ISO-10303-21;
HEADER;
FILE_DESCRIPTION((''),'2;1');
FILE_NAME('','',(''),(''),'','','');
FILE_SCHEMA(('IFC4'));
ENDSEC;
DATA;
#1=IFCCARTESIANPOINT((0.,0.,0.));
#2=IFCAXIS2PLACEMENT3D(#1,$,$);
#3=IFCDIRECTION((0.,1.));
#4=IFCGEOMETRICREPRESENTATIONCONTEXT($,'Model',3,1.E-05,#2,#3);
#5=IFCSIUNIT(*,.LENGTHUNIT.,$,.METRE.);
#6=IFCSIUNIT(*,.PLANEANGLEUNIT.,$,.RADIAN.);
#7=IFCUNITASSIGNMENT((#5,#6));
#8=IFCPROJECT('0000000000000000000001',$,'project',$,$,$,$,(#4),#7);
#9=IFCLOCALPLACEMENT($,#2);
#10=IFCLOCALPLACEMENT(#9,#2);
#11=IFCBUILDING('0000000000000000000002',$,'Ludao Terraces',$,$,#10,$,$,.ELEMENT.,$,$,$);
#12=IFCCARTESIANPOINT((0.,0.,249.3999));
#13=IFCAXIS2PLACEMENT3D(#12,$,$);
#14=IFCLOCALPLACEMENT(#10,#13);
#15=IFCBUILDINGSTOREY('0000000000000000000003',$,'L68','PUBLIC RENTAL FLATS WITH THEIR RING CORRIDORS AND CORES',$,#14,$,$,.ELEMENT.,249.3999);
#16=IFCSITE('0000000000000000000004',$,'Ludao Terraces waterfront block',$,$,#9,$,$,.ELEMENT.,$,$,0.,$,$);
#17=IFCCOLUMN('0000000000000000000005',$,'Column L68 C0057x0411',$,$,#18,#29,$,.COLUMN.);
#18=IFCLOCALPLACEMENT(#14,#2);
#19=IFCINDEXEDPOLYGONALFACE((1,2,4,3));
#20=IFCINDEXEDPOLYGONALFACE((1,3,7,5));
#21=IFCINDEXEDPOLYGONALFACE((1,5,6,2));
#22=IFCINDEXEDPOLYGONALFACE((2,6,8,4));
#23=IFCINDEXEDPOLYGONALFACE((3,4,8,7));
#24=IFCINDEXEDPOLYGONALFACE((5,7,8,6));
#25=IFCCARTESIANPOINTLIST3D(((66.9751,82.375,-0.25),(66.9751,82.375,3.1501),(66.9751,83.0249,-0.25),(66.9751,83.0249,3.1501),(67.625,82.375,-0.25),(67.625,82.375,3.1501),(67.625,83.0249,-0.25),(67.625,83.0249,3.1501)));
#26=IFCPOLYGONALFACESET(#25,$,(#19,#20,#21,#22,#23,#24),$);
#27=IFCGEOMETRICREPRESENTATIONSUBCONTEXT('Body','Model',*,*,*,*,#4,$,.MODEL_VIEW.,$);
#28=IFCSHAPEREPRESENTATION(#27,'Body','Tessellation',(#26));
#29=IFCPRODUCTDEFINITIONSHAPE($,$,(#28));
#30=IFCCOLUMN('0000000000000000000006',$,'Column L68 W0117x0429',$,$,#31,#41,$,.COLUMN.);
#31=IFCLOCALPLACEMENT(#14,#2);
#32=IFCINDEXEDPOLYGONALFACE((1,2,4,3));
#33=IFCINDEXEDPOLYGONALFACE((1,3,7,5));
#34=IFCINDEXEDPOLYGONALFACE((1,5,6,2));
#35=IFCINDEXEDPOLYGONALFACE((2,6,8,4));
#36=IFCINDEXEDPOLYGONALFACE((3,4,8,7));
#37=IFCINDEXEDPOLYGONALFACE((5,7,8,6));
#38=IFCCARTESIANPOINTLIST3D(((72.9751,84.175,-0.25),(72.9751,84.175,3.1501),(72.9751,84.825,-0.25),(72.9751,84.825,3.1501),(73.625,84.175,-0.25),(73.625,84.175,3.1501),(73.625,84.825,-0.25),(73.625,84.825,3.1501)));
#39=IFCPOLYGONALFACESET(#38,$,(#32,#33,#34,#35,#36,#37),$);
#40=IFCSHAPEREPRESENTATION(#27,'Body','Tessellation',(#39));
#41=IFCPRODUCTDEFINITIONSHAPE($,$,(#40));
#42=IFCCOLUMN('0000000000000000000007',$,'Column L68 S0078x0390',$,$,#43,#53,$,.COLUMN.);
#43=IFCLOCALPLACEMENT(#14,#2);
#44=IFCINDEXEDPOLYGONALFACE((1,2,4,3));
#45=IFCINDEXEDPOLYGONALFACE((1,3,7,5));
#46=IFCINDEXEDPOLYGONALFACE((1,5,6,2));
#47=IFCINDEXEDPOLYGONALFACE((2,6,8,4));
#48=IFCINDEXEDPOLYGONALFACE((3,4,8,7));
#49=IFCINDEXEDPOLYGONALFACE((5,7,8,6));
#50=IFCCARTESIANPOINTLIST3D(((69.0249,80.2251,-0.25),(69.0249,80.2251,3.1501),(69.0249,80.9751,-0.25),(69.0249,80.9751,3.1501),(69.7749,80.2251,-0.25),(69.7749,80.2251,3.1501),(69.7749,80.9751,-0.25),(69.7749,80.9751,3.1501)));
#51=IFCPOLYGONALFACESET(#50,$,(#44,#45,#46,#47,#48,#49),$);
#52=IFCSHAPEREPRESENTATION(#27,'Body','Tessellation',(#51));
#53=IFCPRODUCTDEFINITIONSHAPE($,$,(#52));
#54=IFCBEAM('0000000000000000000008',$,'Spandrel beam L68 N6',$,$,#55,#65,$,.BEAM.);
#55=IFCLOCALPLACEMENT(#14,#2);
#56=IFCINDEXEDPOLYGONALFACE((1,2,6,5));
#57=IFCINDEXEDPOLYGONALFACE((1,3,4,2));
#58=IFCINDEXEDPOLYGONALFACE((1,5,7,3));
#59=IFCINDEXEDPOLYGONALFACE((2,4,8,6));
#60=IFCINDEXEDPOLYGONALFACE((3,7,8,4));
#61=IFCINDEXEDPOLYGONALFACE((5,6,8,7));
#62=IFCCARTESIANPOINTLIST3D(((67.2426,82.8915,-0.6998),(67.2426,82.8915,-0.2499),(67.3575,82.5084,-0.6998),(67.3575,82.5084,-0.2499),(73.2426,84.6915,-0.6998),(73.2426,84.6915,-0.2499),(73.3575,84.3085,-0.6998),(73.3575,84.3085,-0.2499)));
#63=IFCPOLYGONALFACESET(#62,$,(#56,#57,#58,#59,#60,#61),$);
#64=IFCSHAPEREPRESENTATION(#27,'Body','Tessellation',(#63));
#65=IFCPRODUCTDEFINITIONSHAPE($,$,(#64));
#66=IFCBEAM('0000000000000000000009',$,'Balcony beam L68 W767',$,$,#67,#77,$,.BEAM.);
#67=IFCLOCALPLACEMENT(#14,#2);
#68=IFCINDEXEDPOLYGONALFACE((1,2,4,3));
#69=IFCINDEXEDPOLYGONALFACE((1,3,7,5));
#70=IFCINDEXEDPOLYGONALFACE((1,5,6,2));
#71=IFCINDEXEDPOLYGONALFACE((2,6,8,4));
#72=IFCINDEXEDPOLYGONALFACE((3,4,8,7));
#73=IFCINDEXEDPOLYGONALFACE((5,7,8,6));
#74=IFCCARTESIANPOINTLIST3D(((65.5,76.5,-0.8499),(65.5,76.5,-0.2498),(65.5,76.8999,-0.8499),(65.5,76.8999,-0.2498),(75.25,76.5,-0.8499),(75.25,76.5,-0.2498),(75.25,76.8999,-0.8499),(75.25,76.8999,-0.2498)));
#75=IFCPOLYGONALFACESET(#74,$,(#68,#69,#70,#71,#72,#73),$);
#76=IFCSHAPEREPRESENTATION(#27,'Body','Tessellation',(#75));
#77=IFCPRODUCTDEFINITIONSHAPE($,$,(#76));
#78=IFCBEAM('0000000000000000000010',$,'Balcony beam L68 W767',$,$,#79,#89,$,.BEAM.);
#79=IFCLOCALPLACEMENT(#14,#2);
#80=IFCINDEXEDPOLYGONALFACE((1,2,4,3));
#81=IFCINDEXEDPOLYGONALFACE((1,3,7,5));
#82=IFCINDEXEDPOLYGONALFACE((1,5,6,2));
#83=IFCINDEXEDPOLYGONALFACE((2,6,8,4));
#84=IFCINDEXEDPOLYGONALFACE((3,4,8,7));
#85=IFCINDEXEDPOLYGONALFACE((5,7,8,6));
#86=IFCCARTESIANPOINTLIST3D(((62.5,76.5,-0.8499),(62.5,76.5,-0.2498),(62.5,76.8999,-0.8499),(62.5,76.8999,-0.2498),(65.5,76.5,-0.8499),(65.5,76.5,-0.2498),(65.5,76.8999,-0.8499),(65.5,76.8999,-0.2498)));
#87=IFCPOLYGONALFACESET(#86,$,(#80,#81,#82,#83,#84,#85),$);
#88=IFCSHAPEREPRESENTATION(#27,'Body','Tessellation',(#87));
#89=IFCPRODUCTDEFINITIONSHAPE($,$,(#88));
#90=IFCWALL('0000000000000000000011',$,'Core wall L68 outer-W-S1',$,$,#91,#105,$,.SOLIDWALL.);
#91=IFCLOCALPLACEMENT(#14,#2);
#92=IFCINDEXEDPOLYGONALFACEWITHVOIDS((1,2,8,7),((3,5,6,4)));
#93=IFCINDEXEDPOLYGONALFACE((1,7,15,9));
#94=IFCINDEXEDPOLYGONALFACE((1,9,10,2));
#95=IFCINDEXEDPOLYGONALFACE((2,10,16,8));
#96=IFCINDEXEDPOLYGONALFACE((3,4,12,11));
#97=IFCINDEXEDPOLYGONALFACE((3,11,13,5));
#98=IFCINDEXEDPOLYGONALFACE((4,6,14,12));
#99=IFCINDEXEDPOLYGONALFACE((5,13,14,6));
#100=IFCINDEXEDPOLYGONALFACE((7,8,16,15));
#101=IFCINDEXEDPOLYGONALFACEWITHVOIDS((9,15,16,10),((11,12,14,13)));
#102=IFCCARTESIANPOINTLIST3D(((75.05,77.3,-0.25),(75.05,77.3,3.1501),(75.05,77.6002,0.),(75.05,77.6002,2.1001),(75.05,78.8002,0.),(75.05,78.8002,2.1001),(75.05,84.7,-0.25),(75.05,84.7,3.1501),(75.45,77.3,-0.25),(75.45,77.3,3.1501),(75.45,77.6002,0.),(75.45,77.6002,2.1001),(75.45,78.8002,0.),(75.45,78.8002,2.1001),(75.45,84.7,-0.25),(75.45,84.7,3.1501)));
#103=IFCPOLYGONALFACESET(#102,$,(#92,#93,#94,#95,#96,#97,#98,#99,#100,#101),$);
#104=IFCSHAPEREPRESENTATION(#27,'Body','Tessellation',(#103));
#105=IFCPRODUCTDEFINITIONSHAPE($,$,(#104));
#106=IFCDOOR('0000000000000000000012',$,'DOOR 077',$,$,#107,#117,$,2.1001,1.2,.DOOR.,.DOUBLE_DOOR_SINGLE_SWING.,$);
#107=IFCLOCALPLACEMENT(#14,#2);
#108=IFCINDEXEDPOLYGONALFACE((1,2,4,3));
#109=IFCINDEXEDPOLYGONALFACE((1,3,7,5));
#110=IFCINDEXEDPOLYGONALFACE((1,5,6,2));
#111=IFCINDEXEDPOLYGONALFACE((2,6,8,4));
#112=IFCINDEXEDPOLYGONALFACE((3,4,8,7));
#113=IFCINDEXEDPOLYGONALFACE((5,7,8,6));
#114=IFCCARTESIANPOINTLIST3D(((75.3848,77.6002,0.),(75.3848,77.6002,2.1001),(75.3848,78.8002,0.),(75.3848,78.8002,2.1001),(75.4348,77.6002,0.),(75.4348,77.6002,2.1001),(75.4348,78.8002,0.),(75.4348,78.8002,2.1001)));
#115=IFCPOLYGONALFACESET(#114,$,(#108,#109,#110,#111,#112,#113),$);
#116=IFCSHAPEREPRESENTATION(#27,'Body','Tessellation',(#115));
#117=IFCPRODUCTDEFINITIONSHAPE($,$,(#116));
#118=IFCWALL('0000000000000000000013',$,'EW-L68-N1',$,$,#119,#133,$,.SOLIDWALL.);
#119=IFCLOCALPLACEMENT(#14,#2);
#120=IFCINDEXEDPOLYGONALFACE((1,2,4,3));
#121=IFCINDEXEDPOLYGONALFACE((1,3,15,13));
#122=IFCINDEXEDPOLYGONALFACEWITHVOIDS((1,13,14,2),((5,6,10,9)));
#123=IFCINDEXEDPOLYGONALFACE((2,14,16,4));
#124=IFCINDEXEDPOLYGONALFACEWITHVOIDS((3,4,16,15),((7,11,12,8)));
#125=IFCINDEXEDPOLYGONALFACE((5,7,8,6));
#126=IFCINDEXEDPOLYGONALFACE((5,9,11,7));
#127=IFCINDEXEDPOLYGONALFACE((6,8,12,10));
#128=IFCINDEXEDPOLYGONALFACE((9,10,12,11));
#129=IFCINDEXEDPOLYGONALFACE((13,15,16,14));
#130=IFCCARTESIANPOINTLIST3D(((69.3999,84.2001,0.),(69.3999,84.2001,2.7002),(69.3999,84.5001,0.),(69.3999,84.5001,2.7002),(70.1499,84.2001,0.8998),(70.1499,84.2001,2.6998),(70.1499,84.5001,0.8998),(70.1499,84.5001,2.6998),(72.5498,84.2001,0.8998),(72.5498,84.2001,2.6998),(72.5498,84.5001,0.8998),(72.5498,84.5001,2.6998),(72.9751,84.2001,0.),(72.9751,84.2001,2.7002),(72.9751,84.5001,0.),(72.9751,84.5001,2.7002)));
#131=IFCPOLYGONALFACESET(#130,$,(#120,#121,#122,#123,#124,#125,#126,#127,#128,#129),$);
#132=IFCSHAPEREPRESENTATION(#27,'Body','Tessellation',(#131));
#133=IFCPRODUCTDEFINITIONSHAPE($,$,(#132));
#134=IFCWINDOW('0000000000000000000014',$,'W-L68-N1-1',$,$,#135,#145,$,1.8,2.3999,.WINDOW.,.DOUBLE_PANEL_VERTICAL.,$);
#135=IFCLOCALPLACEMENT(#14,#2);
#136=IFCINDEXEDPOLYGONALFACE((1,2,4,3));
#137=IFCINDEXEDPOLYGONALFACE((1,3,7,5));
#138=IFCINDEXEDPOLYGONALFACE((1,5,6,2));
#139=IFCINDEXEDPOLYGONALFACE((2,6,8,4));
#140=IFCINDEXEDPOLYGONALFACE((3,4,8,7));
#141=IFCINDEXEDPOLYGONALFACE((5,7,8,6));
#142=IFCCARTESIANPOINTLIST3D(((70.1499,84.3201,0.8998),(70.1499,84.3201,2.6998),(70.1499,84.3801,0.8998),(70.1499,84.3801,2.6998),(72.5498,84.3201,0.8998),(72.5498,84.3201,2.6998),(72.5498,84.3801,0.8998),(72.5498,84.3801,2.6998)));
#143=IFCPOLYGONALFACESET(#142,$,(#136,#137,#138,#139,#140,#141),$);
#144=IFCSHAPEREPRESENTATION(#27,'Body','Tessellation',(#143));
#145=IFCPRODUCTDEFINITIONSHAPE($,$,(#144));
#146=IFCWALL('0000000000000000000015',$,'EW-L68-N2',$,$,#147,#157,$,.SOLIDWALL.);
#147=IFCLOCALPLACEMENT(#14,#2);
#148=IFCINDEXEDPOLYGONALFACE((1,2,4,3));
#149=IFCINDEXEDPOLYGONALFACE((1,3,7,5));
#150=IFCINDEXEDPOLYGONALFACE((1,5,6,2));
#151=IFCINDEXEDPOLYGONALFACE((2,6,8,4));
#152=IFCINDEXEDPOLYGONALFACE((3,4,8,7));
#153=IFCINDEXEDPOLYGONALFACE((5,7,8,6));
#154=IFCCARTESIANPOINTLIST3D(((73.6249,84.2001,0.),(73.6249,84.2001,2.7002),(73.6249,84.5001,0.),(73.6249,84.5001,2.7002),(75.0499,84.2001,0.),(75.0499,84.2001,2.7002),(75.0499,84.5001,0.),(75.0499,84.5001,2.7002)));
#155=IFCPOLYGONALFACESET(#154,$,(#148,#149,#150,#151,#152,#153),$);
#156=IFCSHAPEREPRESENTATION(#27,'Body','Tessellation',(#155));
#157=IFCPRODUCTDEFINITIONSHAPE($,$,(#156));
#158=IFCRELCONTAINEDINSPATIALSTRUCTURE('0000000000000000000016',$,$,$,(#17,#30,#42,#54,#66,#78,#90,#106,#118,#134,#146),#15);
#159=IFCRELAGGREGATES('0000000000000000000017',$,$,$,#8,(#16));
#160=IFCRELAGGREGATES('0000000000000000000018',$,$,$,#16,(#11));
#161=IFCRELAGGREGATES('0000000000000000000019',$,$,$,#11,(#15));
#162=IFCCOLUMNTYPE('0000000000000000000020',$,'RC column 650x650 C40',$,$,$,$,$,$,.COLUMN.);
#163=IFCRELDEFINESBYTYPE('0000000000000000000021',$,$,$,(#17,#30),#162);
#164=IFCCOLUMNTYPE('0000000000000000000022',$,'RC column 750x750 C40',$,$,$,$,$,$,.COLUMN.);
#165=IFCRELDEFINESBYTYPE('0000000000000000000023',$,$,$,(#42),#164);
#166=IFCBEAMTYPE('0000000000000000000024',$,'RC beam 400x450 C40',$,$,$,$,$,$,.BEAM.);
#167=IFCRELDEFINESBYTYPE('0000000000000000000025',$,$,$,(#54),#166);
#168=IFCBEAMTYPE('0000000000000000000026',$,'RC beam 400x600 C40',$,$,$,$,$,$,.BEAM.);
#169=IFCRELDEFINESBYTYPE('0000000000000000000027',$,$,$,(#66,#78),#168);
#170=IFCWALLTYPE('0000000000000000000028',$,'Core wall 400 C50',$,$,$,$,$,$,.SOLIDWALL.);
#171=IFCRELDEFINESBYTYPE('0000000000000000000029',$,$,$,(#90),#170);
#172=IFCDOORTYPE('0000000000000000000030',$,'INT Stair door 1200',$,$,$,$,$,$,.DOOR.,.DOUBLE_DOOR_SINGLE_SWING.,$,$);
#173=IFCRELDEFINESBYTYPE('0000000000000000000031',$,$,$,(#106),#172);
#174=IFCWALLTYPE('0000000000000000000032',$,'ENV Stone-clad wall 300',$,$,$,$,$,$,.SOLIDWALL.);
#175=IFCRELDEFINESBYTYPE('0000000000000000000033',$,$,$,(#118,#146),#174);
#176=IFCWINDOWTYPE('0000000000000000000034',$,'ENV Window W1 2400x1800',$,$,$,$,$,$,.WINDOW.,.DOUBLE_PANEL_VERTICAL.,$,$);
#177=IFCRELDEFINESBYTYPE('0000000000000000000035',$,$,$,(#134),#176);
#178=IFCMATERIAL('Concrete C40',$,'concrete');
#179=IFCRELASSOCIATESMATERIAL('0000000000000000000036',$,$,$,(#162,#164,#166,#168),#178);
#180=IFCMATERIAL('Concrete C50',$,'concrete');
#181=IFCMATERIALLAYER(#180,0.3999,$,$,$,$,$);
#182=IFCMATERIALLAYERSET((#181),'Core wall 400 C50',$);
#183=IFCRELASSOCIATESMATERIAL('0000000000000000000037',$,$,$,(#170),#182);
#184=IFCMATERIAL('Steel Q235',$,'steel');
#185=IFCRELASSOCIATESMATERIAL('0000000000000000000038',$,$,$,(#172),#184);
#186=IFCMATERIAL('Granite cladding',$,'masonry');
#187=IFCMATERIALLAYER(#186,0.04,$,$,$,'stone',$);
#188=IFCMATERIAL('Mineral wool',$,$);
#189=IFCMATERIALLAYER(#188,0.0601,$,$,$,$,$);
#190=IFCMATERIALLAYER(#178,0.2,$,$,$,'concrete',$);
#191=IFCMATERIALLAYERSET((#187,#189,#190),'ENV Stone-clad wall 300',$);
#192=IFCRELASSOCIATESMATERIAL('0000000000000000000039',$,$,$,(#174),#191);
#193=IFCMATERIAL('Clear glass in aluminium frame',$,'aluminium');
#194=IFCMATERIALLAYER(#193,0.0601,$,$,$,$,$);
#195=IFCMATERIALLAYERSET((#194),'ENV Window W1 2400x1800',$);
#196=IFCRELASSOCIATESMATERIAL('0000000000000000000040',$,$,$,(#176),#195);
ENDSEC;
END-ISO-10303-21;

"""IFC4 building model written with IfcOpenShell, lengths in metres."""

from ifc_helpers import new_model, si_unit, direction, frame, frame_2d, origin, origin_2d, place, context, subcontext, project, spatial, rectangle, extrude, material, layer, layer_set, material_profile, profile_set, type_object, element, fill, save


model = new_model("IFC4")

# Units and contexts
model_context = context("Model", 3, precision=1e-05, world=origin(), true_north=direction((0.0, 1.0)))
body_context = subcontext(model_context, "Body", "Model", "MODEL_VIEW")
ifc_project = project(units=[si_unit("LENGTHUNIT", "METRE"), si_unit("PLANEANGLEUNIT", "RADIAN")], contexts=[model_context])

# Site, building, storey
site_placement = place(None, origin())
site = spatial("IfcSite", under=ifc_project, at=site_placement, Name="Ludao Terraces waterfront block", CompositionType="ELEMENT", RefElevation=0.0)
building_placement = place(site_placement, origin())
building = spatial("IfcBuilding", under=site, at=building_placement, Name="Ludao Terraces", CompositionType="ELEMENT")
storey_placement = place(building_placement, frame((0.0, 0.0, 249.3999)))
storey = spatial("IfcBuildingStorey", under=building, at=storey_placement, Name="L68", Description="PUBLIC RENTAL FLATS WITH THEIR RING CORRIDORS AND CORES", CompositionType="ELEMENT", Elevation=249.3999)

# Columns
ifc_material_1 = material(Name="Concrete C40", Category="concrete")
ifc_material_profile_1 = material_profile(ifc_material_1, rectangle(XDim=0.6499, YDim=0.6499, at=origin_2d()), Name="650 X 650")
ifc_profile_set_1 = profile_set([ifc_material_profile_1], Name="Concrete C40")
column_type_1 = type_object("IfcColumnType", Name="RC column 650x650 C40", PredefinedType="COLUMN", material=ifc_profile_set_1)
for number, where, z_axis, x_axis, name in (
    (1, (67.3, 82.7, -0.25), (0.0, 0.0, 1.0), (1.0, 0.0, 0.0), "Column L68 C0057x0411"),
    (2, (73.3, 84.5, -0.25), (0.0, 0.0, 1.0), (1.0, 0.0, 0.0), "Column L68 W0117x0429"),
):
    element("IfcColumn", number, at=place(storey_placement, frame(where, z_axis=z_axis, x_axis=x_axis)), inside=storey, type_object=column_type_1, Name=name, PredefinedType="COLUMN", context=body_context, shape_type="SweptSolid", body=[
        extrude(rectangle(XDim=0.6499, YDim=0.6499, at=origin_2d()), origin(), (0.0, 0.0, 1.0), 3.4001),
    ])
ifc_material_profile_2 = material_profile(ifc_material_1, rectangle(XDim=0.75, YDim=0.75, at=origin_2d()), Name="750 X 750")
ifc_profile_set_2 = profile_set([ifc_material_profile_2], Name="Concrete C40")
column_type_2 = type_object("IfcColumnType", Name="RC column 750x750 C40", PredefinedType="COLUMN", material=ifc_profile_set_2)
column_placement = place(storey_placement, frame((69.3999, 80.6001, -0.25), z_axis=(0.0, 0.0, 1.0), x_axis=(1.0, 0.0, 0.0)))
element("IfcColumn", 3, at=column_placement, inside=storey, type_object=column_type_2, Name="Column L68 S0078x0390", PredefinedType="COLUMN", context=body_context, shape_type="SweptSolid", body=[
    extrude(rectangle(XDim=0.75, YDim=0.75, at=origin_2d()), origin(), (0.0, 0.0, 1.0), 3.4001),
])

# Beams
ifc_material_profile_3 = material_profile(ifc_material_1, rectangle(XDim=0.3999, YDim=0.45, at=origin_2d()), Name="400 X 450")
ifc_profile_set_3 = profile_set([ifc_material_profile_3], Name="Concrete C40")
beam_type_1 = type_object("IfcBeamType", Name="RC beam 400x450 C40", PredefinedType="BEAM", material=ifc_profile_set_3)
beam_1_placement = place(storey_placement, frame((67.3, 82.7, -0.4749), z_axis=(0.957824, 0.287355, 0.0), x_axis=(-0.287355, 0.957824, 0.0)))
element("IfcBeam", 4, at=beam_1_placement, inside=storey, type_object=beam_type_1, Name="Spandrel beam L68 N6", PredefinedType="BEAM", context=body_context, shape_type="SweptSolid", body=[
    extrude(rectangle(XDim=0.3999, YDim=0.45, at=origin_2d()), origin(), (0.0, 0.0, 1.0), 6.2642),
])
ifc_material_profile_4 = material_profile(ifc_material_1, rectangle(XDim=0.3999, YDim=0.6001, at=origin_2d()), Name="400 X 600")
ifc_profile_set_4 = profile_set([ifc_material_profile_4], Name="Concrete C40")
beam_type_2 = type_object("IfcBeamType", Name="RC beam 400x600 C40", PredefinedType="BEAM", material=ifc_profile_set_4)
beam_2_placement = place(storey_placement, frame((75.25, 76.7, -0.5498), z_axis=(-1.0, 0.0, 0.0), x_axis=(0.0, -1.0, 0.0)))
element("IfcBeam", 5, at=beam_2_placement, inside=storey, type_object=beam_type_2, Name="Balcony beam L68 W767", PredefinedType="BEAM", context=body_context, shape_type="SweptSolid", body=[
    extrude(rectangle(XDim=0.3999, YDim=0.6001, at=origin_2d()), origin(), (0.0, 0.0, 1.0), 9.75),
])
beam_3_placement = place(storey_placement, frame((65.5, 76.7, -0.5498), z_axis=(-1.0, 0.0, 0.0), x_axis=(0.0, -1.0, 0.0)))
element("IfcBeam", 6, at=beam_3_placement, inside=storey, type_object=beam_type_2, Name="Balcony beam L68 W767", PredefinedType="BEAM", context=body_context, shape_type="SweptSolid", body=[
    extrude(rectangle(XDim=0.3999, YDim=0.6001, at=origin_2d()), origin(), (0.0, 0.0, 1.0), 3.0),
])

# Wall, opening, door
ifc_material_2 = material(Name="Concrete C50", Category="concrete")
ifc_layer_1 = layer(ifc_material_2, 0.3999)
ifc_layer_set_1 = layer_set([ifc_layer_1], Name="Core wall 400 C50")
wall_type_1 = type_object("IfcWallType", Name="Core wall 400 C50", PredefinedType="SOLIDWALL", material=ifc_layer_set_1)
wall_1_placement = place(storey_placement, frame((75.25, 77.3, -0.25), z_axis=(0.0, 0.0, 1.0), x_axis=(0.0, 1.0, 0.0)))
wall_1 = element("IfcWall", 7, at=wall_1_placement, inside=storey, type_object=wall_type_1, Name="Core wall L68 outer-W-S1", PredefinedType="SOLIDWALL", context=body_context, shape_type="SweptSolid", body=[
    extrude(rectangle(XDim=7.3999, YDim=0.3999, at=frame_2d((3.7, 0.0))), origin(), (0.0, 0.0, 1.0), 3.4001),
])
opening_1_placement = place(wall_1_placement, frame((0.3, 0.0, 0.25)))
opening_1 = element("IfcOpeningElement", 8, at=opening_1_placement, cuts=wall_1, PredefinedType="OPENING", context=body_context, shape_type="SweptSolid", body=[
    extrude(rectangle(XDim=1.2, YDim=2.1001, at=frame_2d((0.6001, 1.05))), frame((0.0, 0.21, 0.0), z_axis=(0.0, -1.0, 0.0), x_axis=(1.0, 0.0, 0.0)), (0.0, 0.0, 1.0), 0.4199),
])
ifc_material_3 = material(Name="Steel Q235", Category="steel")
door_type_1 = type_object("IfcDoorType", Name="INT Stair door 1200", OperationType="DOUBLE_DOOR_SINGLE_SWING", PredefinedType="DOOR", material=ifc_material_3)
door_1_placement = place(opening_1_placement, origin())
door_1 = element("IfcDoor", 9, at=door_1_placement, inside=storey, type_object=door_type_1, Name="DOOR 077", OperationType="DOUBLE_DOOR_SINGLE_SWING", OverallHeight=2.1001, OverallWidth=1.2, PredefinedType="DOOR", context=body_context, shape_type="SweptSolid", body=[
    extrude(rectangle(XDim=1.2, YDim=2.1001, at=frame_2d((0.6001, 1.05))), frame((0.0, -0.1348, 0.0), z_axis=(0.0, -1.0, 0.0), x_axis=(1.0, 0.0, 0.0)), (0.0, 0.0, 1.0), 0.05),
])
fill(opening_1, door_1)

# Wall, opening, window
ifc_material_4 = material(Name="Granite cladding", Category="masonry")
ifc_layer_2 = layer(ifc_material_4, 0.04, Category="stone")
ifc_material_5 = material(Name="Mineral wool")
ifc_layer_3 = layer(ifc_material_5, 0.0601)
ifc_layer_4 = layer(ifc_material_1, 0.2, Category="concrete")
ifc_layer_set_2 = layer_set([ifc_layer_2, ifc_layer_3, ifc_layer_4], Name="ENV Stone-clad wall 300")
wall_type_2 = type_object("IfcWallType", Name="ENV Stone-clad wall 300", PredefinedType="SOLIDWALL", material=ifc_layer_set_2)
wall_2_placement = place(storey_placement, frame((69.3999, 84.3501, 0.0), z_axis=(0.0, 0.0, 1.0), x_axis=(1.0, 0.0, 0.0)))
wall_2 = element("IfcWall", 10, at=wall_2_placement, inside=storey, type_object=wall_type_2, Name="EW-L68-N1", PredefinedType="SOLIDWALL", context=body_context, shape_type="SweptSolid", body=[
    extrude(rectangle(XDim=3.5752, YDim=0.3, at=frame_2d((1.7876, 0.0))), origin(), (0.0, 0.0, 1.0), 2.7002),
])
opening_2_placement = place(wall_2_placement, frame((0.75, 0.0, 0.8999)))
opening_2 = element("IfcOpeningElement", 11, at=opening_2_placement, cuts=wall_2, PredefinedType="OPENING", context=body_context, shape_type="SweptSolid", body=[
    extrude(rectangle(XDim=2.3999, YDim=1.8, at=frame_2d((1.2, 0.8999))), frame((0.0, 0.1602, 0.0), z_axis=(0.0, -1.0, 0.0), x_axis=(1.0, 0.0, 0.0)), (0.0, 0.0, 1.0), 0.3201),
])
ifc_material_6 = material(Name="Clear glass in aluminium frame", Category="aluminium")
ifc_layer_5 = layer(ifc_material_6, 0.0601)
ifc_layer_set_3 = layer_set([ifc_layer_5], Name="ENV Window W1 2400x1800")
window_type_1 = type_object("IfcWindowType", Name="ENV Window W1 2400x1800", PartitioningType="DOUBLE_PANEL_VERTICAL", PredefinedType="WINDOW", material=ifc_layer_set_3)
window_1_placement = place(opening_2_placement, origin())
window_1 = element("IfcWindow", 12, at=window_1_placement, inside=storey, type_object=window_type_1, Name="W-L68-N1-1", OverallHeight=1.8, OverallWidth=2.3999, PartitioningType="DOUBLE_PANEL_VERTICAL", PredefinedType="WINDOW", context=body_context, shape_type="SweptSolid", body=[
    extrude(rectangle(XDim=2.3999, YDim=1.8, at=frame_2d((1.2, 0.8999))), frame((0.0, 0.03, 0.0), z_axis=(0.0, -1.0, 0.0), x_axis=(1.0, 0.0, 0.0)), (0.0, 0.0, 1.0), 0.0601),
])
fill(opening_2, window_1)

# Wall
wall_3_placement = place(storey_placement, frame((73.625, 84.3501, 0.0), z_axis=(0.0, 0.0, 1.0), x_axis=(1.0, 0.0, 0.0)))
element("IfcWall", 13, at=wall_3_placement, inside=storey, type_object=wall_type_2, Name="EW-L68-N2", PredefinedType="SOLIDWALL", context=body_context, shape_type="SweptSolid", body=[
    extrude(rectangle(XDim=1.425, YDim=0.3, at=frame_2d((0.7124, 0.0))), origin(), (0.0, 0.0, 1.0), 2.7002),
])

save(model, "model.ifc")
